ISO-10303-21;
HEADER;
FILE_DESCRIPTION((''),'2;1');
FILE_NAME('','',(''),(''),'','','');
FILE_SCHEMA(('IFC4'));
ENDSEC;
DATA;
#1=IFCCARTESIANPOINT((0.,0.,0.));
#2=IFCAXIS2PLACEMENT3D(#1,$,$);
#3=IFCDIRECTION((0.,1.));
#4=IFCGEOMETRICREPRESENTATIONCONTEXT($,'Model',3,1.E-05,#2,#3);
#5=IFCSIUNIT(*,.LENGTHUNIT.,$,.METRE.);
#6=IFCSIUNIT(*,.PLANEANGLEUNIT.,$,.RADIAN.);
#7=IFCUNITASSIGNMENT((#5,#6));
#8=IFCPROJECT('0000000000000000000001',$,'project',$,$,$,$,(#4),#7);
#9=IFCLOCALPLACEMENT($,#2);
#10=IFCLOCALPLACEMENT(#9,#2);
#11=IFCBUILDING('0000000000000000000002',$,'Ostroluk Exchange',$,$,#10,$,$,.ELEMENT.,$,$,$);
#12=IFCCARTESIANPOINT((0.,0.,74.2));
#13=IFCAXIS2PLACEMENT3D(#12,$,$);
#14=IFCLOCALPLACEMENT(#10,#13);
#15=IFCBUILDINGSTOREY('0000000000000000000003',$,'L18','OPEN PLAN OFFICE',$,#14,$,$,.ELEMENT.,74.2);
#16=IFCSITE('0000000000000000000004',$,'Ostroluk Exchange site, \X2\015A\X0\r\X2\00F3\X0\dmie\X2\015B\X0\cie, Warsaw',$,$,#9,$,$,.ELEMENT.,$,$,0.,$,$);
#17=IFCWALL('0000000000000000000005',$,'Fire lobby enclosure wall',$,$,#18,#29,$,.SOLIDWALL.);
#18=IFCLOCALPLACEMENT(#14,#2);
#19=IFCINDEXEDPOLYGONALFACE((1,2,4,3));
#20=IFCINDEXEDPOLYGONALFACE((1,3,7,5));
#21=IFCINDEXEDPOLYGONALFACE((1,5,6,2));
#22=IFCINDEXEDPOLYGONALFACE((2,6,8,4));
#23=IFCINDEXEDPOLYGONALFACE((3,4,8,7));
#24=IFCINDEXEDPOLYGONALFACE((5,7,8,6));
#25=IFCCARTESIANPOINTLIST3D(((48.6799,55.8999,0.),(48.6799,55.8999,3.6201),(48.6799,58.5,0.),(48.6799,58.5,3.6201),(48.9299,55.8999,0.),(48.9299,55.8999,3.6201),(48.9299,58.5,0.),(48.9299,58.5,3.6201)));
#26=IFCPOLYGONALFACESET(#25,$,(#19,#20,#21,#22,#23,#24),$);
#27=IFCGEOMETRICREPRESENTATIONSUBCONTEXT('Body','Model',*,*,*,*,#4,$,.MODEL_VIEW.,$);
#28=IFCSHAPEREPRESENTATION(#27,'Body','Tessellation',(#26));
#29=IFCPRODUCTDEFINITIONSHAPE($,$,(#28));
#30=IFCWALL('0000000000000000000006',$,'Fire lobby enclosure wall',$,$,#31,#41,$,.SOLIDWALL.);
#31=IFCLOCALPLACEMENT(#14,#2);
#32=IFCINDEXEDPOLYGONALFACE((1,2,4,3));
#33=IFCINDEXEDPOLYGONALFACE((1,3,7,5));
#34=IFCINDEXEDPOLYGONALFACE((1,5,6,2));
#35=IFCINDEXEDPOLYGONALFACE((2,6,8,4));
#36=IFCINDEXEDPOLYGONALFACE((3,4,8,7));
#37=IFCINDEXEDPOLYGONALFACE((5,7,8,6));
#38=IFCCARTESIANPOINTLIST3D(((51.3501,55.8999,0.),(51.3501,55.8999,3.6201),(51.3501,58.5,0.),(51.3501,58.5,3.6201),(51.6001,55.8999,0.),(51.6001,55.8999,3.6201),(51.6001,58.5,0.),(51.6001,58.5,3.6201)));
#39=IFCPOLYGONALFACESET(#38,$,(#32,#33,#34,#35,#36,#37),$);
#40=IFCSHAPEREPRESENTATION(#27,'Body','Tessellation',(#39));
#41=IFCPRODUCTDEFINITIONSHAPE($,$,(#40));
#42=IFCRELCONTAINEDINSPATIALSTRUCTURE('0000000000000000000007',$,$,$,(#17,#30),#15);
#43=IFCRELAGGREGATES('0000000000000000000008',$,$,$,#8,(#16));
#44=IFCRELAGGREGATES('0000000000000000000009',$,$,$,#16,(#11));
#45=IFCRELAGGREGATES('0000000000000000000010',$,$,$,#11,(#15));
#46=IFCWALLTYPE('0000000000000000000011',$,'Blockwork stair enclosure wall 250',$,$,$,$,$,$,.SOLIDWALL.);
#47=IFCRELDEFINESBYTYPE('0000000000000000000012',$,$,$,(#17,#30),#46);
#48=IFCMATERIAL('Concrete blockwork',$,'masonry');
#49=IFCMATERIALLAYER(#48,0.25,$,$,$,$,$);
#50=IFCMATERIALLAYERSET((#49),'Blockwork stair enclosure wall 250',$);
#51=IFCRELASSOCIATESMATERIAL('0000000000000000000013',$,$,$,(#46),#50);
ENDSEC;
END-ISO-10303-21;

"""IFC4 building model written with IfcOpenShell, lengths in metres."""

from ifc_helpers import new_model, si_unit, direction, frame, frame_2d, origin, place, context, subcontext, project, spatial, rectangle, extrude, material, layer, layer_set, type_object, element, save


model = new_model("IFC4")

# Units and contexts
model_context = context("Model", 3, precision=1e-05, world=origin(), true_north=direction((0.0, 1.0)))
body_context = subcontext(model_context, "Body", "Model", "MODEL_VIEW")
ifc_project = project(units=[si_unit("LENGTHUNIT", "METRE"), si_unit("PLANEANGLEUNIT", "RADIAN")], contexts=[model_context])

# Site, building, storey
site_placement = place(None, origin())
site = spatial("IfcSite", under=ifc_project, at=site_placement, Name="Ostroluk Exchange site, Śródmieście, Warsaw", CompositionType="ELEMENT", RefElevation=0.0)
building_placement = place(site_placement, origin())
building = spatial("IfcBuilding", under=site, at=building_placement, Name="Ostroluk Exchange", CompositionType="ELEMENT")
storey_placement = place(building_placement, frame((0.0, 0.0, 74.2)))
storey = spatial("IfcBuildingStorey", under=building, at=storey_placement, Name="L18", Description="OPEN PLAN OFFICE", CompositionType="ELEMENT", Elevation=74.2)

# Walls
ifc_material_1 = material(Name="Concrete blockwork", Category="masonry")
ifc_layer_1 = layer(ifc_material_1, 0.25)
ifc_layer_set_1 = layer_set([ifc_layer_1], Name="Blockwork stair enclosure wall 250")
wall_type_1 = type_object("IfcWallType", Name="Blockwork stair enclosure wall 250", PredefinedType="SOLIDWALL", material=ifc_layer_set_1)
for number, where, z_axis, x_axis, name in (
    (1, (48.8049, 55.8999, 0.0), (0.0, 0.0, 1.0), (0.0, 1.0, 0.0), "Fire lobby enclosure wall"),
    (2, (51.4751, 55.8999, 0.0), (0.0, 0.0, 1.0), (0.0, 1.0, 0.0), "Fire lobby enclosure wall"),
):
    element("IfcWall", number, at=place(storey_placement, frame(where, z_axis=z_axis, x_axis=x_axis)), inside=storey, type_object=wall_type_1, Name=name, PredefinedType="SOLIDWALL", context=body_context, shape_type="SweptSolid", body=[
        extrude(rectangle(XDim=2.6001, YDim=0.25, at=frame_2d((1.3, 0.0))), origin(), (0.0, 0.0, 1.0), 3.6201),
    ])

save(model, "model.ifc")
